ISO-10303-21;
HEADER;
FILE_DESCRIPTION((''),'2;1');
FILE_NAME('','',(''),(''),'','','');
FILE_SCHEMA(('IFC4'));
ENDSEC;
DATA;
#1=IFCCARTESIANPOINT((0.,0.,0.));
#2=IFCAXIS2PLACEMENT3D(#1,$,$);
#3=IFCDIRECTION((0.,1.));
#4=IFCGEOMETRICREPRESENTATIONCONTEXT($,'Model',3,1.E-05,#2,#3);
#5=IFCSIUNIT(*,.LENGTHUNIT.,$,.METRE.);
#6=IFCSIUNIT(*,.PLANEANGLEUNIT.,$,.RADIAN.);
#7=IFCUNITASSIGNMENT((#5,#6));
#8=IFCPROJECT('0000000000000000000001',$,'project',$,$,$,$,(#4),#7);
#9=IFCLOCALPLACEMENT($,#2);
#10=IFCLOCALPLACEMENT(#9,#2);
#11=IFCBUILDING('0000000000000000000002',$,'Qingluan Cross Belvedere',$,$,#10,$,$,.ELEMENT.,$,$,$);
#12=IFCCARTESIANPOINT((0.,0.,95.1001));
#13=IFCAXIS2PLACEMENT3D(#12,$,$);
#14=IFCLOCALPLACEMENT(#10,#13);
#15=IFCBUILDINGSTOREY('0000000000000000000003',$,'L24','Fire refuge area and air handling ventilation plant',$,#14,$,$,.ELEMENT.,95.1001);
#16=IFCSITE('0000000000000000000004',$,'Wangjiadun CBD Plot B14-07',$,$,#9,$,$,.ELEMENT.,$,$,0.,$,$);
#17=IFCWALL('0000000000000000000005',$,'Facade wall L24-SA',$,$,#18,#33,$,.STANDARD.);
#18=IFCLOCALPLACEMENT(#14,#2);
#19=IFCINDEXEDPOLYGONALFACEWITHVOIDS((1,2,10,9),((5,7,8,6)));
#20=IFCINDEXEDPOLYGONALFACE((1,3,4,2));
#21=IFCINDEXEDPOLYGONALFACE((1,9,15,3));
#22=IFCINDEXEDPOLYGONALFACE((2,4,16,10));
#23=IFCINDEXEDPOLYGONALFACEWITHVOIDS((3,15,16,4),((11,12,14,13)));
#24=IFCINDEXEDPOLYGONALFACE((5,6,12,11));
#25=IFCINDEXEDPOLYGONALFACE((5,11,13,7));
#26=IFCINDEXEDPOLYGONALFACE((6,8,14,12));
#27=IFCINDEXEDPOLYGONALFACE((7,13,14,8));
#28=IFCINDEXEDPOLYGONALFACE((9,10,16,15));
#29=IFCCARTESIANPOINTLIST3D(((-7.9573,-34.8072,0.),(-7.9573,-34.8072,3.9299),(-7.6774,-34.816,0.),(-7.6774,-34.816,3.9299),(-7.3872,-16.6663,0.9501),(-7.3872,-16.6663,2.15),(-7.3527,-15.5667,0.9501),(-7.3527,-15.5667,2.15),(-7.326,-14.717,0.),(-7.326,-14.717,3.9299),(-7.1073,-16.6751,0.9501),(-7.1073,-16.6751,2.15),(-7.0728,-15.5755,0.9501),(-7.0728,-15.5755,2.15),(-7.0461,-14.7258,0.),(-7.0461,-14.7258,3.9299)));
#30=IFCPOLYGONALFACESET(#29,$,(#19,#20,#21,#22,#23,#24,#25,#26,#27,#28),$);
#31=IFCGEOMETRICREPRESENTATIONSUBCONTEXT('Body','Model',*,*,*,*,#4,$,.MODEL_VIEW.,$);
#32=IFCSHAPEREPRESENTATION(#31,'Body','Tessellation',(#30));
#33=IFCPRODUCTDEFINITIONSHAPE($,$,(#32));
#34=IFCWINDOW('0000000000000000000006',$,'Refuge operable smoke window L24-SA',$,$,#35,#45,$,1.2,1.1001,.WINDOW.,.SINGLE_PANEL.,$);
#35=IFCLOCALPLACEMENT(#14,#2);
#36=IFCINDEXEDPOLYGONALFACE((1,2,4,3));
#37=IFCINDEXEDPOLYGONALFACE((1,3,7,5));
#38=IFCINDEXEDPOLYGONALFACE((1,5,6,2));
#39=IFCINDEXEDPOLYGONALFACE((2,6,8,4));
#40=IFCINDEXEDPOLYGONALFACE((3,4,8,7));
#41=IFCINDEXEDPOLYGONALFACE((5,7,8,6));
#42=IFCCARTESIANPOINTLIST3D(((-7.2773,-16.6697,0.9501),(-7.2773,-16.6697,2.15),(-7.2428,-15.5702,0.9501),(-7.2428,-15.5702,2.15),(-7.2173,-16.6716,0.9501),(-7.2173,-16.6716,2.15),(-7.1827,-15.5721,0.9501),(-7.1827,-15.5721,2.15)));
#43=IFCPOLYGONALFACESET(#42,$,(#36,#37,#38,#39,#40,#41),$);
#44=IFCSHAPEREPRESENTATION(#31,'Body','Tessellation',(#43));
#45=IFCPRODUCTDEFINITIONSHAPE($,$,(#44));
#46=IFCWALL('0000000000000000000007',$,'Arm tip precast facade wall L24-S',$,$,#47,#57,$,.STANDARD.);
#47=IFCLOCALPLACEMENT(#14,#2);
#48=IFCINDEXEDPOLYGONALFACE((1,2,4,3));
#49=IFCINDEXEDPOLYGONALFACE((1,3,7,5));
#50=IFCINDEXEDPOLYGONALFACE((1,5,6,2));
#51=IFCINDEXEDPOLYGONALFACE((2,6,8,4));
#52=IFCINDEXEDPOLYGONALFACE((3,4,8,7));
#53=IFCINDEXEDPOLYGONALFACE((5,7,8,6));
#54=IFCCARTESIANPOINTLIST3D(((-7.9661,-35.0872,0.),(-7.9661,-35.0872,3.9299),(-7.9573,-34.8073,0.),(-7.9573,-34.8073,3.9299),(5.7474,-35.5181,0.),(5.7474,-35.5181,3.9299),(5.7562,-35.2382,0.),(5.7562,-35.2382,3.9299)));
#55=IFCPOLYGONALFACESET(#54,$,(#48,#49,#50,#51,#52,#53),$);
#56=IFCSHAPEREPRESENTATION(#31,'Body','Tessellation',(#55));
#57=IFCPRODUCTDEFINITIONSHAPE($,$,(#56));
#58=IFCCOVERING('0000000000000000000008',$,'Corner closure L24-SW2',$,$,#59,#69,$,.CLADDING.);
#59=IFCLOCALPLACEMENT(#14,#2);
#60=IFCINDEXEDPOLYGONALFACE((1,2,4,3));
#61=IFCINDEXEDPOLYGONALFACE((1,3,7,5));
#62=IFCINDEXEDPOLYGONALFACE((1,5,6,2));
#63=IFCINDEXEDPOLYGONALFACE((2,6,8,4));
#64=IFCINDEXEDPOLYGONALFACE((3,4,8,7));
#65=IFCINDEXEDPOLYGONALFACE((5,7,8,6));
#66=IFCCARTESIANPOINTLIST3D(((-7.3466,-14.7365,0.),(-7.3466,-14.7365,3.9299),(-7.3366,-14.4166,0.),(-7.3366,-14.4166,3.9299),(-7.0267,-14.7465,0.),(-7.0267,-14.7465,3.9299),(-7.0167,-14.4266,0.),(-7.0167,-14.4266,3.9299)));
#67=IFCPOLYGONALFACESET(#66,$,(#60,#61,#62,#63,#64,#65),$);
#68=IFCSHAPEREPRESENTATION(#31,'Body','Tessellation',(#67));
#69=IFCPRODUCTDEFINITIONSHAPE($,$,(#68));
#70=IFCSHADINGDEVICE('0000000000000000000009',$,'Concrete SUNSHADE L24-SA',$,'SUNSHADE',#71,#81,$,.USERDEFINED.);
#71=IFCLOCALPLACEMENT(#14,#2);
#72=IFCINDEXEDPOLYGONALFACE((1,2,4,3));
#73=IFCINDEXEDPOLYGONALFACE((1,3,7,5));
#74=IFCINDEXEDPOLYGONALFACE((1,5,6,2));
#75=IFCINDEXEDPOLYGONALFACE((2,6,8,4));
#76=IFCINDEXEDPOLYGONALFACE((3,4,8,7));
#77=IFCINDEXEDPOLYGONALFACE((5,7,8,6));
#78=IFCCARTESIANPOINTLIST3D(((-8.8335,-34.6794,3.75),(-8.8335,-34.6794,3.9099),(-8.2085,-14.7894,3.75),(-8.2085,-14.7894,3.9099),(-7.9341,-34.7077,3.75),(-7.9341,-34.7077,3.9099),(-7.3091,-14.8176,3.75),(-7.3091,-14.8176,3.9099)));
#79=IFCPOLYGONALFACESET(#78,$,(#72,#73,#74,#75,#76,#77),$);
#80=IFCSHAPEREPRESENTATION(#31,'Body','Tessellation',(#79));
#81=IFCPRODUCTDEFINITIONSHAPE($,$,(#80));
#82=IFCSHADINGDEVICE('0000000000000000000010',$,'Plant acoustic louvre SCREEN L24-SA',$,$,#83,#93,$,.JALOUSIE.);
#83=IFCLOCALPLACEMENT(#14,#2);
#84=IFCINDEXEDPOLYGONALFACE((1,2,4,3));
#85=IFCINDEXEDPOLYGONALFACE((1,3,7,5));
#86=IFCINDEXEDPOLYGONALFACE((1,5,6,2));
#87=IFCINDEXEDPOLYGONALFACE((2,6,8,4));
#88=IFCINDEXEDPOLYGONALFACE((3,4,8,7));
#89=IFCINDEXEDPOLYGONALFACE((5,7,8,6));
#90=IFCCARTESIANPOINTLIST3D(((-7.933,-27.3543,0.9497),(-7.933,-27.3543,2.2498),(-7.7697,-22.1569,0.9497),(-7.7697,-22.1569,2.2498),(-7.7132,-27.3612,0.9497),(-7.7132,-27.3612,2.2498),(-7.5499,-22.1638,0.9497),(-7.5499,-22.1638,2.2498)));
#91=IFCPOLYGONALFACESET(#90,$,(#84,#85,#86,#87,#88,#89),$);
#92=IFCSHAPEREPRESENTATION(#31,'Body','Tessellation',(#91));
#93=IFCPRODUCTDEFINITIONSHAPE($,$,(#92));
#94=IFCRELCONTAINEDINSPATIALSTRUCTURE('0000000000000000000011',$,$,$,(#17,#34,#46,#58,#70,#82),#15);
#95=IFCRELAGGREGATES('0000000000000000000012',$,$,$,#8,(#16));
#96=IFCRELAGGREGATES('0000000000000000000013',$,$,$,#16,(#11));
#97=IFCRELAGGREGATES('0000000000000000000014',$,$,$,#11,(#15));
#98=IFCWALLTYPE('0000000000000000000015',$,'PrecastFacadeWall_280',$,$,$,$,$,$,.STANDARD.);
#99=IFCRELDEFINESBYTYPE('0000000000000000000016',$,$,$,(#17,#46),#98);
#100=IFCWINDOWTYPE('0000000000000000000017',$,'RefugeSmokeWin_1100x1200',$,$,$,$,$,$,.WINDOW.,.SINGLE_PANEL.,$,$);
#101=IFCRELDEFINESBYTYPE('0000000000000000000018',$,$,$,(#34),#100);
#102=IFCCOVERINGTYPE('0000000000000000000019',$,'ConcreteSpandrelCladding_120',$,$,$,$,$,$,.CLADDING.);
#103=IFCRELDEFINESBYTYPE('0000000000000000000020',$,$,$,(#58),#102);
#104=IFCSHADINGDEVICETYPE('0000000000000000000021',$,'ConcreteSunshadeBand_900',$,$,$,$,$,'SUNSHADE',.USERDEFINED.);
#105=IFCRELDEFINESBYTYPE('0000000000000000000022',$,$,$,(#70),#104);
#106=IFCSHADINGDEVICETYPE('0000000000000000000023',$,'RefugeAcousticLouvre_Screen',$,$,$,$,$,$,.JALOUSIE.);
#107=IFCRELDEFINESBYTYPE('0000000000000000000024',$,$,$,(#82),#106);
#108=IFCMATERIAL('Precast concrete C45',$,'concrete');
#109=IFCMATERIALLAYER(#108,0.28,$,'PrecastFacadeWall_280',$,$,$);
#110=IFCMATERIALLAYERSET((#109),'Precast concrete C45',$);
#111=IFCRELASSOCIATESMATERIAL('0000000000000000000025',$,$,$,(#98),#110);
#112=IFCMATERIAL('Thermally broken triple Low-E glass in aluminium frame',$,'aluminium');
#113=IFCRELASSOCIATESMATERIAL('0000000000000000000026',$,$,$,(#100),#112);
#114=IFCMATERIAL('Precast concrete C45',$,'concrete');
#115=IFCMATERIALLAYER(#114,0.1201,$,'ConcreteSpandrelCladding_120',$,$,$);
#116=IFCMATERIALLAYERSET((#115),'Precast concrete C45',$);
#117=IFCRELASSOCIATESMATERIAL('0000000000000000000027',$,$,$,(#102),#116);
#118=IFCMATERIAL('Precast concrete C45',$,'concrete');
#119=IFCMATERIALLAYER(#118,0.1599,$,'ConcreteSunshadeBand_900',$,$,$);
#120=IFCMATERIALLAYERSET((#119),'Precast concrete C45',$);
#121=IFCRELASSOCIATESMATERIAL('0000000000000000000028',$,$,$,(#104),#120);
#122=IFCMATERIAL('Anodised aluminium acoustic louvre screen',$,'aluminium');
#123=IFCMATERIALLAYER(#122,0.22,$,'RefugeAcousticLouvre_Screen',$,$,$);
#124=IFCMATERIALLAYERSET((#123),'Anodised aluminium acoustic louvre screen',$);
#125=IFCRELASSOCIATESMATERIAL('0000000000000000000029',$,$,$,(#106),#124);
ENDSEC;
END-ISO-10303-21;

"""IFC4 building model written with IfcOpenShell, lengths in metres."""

from ifc_helpers import new_model, si_unit, direction, frame, frame_2d, origin, origin_2d, place, context, subcontext, project, spatial, rectangle, extrude, material, layer, layer_set, type_object, element, fill, save


model = new_model("IFC4")

# Units and contexts
model_context = context("Model", 3, precision=1e-05, world=origin(), true_north=direction((0.0, 1.0)))
body_context = subcontext(model_context, "Body", "Model", "MODEL_VIEW")
ifc_project = project(units=[si_unit("LENGTHUNIT", "METRE"), si_unit("PLANEANGLEUNIT", "RADIAN")], contexts=[model_context])

# Site, building, storey
site_placement = place(None, origin())
site = spatial("IfcSite", under=ifc_project, at=site_placement, Name="Wangjiadun CBD Plot B14-07", CompositionType="ELEMENT", RefElevation=0.0)
building_placement = place(site_placement, origin())
building = spatial("IfcBuilding", under=site, at=building_placement, Name="Qingluan Cross Belvedere", CompositionType="ELEMENT")
storey_placement = place(building_placement, frame((0.0, 0.0, 95.1001)))
storey = spatial("IfcBuildingStorey", under=building, at=storey_placement, Name="L24", Description="Fire refuge area and air handling ventilation plant", CompositionType="ELEMENT", Elevation=95.1001)

# Wall, opening, window
ifc_material_1 = material(Name="Precast concrete C45", Category="concrete")
ifc_layer_1 = layer(ifc_material_1, 0.28, Name="PrecastFacadeWall_280")
ifc_layer_set_1 = layer_set([ifc_layer_1], Name="Precast concrete C45")
wall_type = type_object("IfcWallType", Name="PrecastFacadeWall_280", PredefinedType="STANDARD", material=ifc_layer_set_1)
wall_1_placement = place(storey_placement, frame((-7.186, -14.7214, 0.0), z_axis=(0.0, 0.0, 1.0), x_axis=(-0.03141, -0.999507, 0.0)))
wall_1 = element("IfcWall", 1, at=wall_1_placement, inside=storey, type_object=wall_type, Name="Facade wall L24-SA", PredefinedType="STANDARD", context=body_context, shape_type="SweptSolid", body=[
    extrude(rectangle(XDim=20.1001, YDim=0.28, at=frame_2d((10.05, 0.0))), origin(), (0.0, 0.0, 1.0), 3.9299),
])
opening_placement = place(wall_1_placement, frame((0.8501, 0.0, 0.95)))
opening = element("IfcOpeningElement", 2, at=opening_placement, cuts=wall_1, PredefinedType="OPENING", context=body_context, shape_type="SweptSolid", body=[
    extrude(rectangle(XDim=1.1001, YDim=1.2, at=frame_2d((0.55, 0.6001))), frame((0.0, 0.1499, 0.0), z_axis=(0.0, -1.0, 0.0), x_axis=(1.0, 0.0, 0.0)), (0.0, 0.0, 1.0), 0.3),
])
ifc_material_2 = material(Name="Thermally broken triple Low-E glass in aluminium frame", Category="aluminium")
window_type = type_object("IfcWindowType", Name="RefugeSmokeWin_1100x1200", PartitioningType="SINGLE_PANEL", PredefinedType="WINDOW", material=ifc_material_2)
window_placement = place(opening_placement, origin())
window = element("IfcWindow", 3, at=window_placement, inside=storey, type_object=window_type, Name="Refuge operable smoke window L24-SA", OverallHeight=1.2, OverallWidth=1.1001, PartitioningType="SINGLE_PANEL", PredefinedType="WINDOW", context=body_context, shape_type="SweptSolid", body=[
    extrude(rectangle(XDim=1.1001, YDim=1.2, at=frame_2d((0.55, 0.6001))), frame((0.0, 0.03, 0.0), z_axis=(0.0, -1.0, 0.0), x_axis=(1.0, 0.0, 0.0)), (0.0, 0.0, 1.0), 0.0601),
])
fill(opening, window)

# Wall
wall_2_placement = place(storey_placement, frame((-7.9617, -34.9473, 0.0), z_axis=(0.0, 0.0, 1.0), x_axis=(0.999507, -0.031407, 0.0)))
element("IfcWall", 4, at=wall_2_placement, inside=storey, type_object=wall_type, Name="Arm tip precast facade wall L24-S", PredefinedType="STANDARD", context=body_context, shape_type="SweptSolid", body=[
    extrude(rectangle(XDim=13.7202, YDim=0.28, at=frame_2d((6.8601, 0.0))), origin(), (0.0, 0.0, 1.0), 3.9299),
])

# Covering
ifc_material_3 = material(Name="Precast concrete C45", Category="concrete")
ifc_layer_2 = layer(ifc_material_3, 0.1201, Name="ConcreteSpandrelCladding_120")
ifc_layer_set_2 = layer_set([ifc_layer_2], Name="Precast concrete C45")
covering_type = type_object("IfcCoveringType", Name="ConcreteSpandrelCladding_120", PredefinedType="CLADDING", material=ifc_layer_set_2)
covering_placement = place(storey_placement, frame((-7.1816, -14.5815, 0.0), z_axis=(0.0, 0.0, 1.0), x_axis=(0.999507, -0.031411, 0.0)))
element("IfcCovering", 5, at=covering_placement, inside=storey, type_object=covering_type, Name="Corner closure L24-SW2", PredefinedType="CLADDING", context=body_context, shape_type="SweptSolid", body=[
    extrude(rectangle(XDim=0.3201, YDim=0.3201, at=origin_2d()), origin(), (0.0, 0.0, 1.0), 3.9299),
])

# Shading devices
ifc_material_4 = material(Name="Precast concrete C45", Category="concrete")
ifc_layer_3 = layer(ifc_material_4, 0.1599, Name="ConcreteSunshadeBand_900")
ifc_layer_set_3 = layer_set([ifc_layer_3], Name="Precast concrete C45")
shading_device_type_1 = type_object("IfcShadingDeviceType", Name="ConcreteSunshadeBand_900", ElementType="SUNSHADE", PredefinedType="USERDEFINED", material=ifc_layer_set_3)
shading_device_1_placement = place(storey_placement, frame((-8.0713, -24.7485, 3.75), z_axis=(0.0, 0.0, 1.0), x_axis=(-0.031408, -0.999507, 0.0)))
element("IfcShadingDevice", 6, at=shading_device_1_placement, inside=storey, type_object=shading_device_type_1, Name="Concrete SUNSHADE L24-SA", ObjectType="SUNSHADE", PredefinedType="USERDEFINED", context=body_context, shape_type="SweptSolid", body=[
    extrude(rectangle(XDim=19.8999, YDim=0.8999, at=origin_2d()), origin(), (0.0, 0.0, 1.0), 0.1599),
])
ifc_material_5 = material(Name="Anodised aluminium acoustic louvre screen", Category="aluminium")
ifc_layer_4 = layer(ifc_material_5, 0.22, Name="RefugeAcousticLouvre_Screen")
ifc_layer_set_4 = layer_set([ifc_layer_4], Name="Anodised aluminium acoustic louvre screen")
shading_device_type_2 = type_object("IfcShadingDeviceType", Name="RefugeAcousticLouvre_Screen", PredefinedType="JALOUSIE", material=ifc_layer_set_4)
shading_device_2_placement = place(storey_placement, frame((-7.7415, -24.759, 0.9497), z_axis=(0.0, 0.0, 1.0), x_axis=(-0.031408, -0.999507, 0.0)))
element("IfcShadingDevice", 7, at=shading_device_2_placement, inside=storey, type_object=shading_device_type_2, Name="Plant acoustic louvre SCREEN L24-SA", PredefinedType="JALOUSIE", context=body_context, shape_type="SweptSolid", body=[
    extrude(rectangle(XDim=5.2, YDim=0.22, at=origin_2d()), origin(), (0.0, 0.0, 1.0), 1.3),
])

save(model, "model.ifc")
